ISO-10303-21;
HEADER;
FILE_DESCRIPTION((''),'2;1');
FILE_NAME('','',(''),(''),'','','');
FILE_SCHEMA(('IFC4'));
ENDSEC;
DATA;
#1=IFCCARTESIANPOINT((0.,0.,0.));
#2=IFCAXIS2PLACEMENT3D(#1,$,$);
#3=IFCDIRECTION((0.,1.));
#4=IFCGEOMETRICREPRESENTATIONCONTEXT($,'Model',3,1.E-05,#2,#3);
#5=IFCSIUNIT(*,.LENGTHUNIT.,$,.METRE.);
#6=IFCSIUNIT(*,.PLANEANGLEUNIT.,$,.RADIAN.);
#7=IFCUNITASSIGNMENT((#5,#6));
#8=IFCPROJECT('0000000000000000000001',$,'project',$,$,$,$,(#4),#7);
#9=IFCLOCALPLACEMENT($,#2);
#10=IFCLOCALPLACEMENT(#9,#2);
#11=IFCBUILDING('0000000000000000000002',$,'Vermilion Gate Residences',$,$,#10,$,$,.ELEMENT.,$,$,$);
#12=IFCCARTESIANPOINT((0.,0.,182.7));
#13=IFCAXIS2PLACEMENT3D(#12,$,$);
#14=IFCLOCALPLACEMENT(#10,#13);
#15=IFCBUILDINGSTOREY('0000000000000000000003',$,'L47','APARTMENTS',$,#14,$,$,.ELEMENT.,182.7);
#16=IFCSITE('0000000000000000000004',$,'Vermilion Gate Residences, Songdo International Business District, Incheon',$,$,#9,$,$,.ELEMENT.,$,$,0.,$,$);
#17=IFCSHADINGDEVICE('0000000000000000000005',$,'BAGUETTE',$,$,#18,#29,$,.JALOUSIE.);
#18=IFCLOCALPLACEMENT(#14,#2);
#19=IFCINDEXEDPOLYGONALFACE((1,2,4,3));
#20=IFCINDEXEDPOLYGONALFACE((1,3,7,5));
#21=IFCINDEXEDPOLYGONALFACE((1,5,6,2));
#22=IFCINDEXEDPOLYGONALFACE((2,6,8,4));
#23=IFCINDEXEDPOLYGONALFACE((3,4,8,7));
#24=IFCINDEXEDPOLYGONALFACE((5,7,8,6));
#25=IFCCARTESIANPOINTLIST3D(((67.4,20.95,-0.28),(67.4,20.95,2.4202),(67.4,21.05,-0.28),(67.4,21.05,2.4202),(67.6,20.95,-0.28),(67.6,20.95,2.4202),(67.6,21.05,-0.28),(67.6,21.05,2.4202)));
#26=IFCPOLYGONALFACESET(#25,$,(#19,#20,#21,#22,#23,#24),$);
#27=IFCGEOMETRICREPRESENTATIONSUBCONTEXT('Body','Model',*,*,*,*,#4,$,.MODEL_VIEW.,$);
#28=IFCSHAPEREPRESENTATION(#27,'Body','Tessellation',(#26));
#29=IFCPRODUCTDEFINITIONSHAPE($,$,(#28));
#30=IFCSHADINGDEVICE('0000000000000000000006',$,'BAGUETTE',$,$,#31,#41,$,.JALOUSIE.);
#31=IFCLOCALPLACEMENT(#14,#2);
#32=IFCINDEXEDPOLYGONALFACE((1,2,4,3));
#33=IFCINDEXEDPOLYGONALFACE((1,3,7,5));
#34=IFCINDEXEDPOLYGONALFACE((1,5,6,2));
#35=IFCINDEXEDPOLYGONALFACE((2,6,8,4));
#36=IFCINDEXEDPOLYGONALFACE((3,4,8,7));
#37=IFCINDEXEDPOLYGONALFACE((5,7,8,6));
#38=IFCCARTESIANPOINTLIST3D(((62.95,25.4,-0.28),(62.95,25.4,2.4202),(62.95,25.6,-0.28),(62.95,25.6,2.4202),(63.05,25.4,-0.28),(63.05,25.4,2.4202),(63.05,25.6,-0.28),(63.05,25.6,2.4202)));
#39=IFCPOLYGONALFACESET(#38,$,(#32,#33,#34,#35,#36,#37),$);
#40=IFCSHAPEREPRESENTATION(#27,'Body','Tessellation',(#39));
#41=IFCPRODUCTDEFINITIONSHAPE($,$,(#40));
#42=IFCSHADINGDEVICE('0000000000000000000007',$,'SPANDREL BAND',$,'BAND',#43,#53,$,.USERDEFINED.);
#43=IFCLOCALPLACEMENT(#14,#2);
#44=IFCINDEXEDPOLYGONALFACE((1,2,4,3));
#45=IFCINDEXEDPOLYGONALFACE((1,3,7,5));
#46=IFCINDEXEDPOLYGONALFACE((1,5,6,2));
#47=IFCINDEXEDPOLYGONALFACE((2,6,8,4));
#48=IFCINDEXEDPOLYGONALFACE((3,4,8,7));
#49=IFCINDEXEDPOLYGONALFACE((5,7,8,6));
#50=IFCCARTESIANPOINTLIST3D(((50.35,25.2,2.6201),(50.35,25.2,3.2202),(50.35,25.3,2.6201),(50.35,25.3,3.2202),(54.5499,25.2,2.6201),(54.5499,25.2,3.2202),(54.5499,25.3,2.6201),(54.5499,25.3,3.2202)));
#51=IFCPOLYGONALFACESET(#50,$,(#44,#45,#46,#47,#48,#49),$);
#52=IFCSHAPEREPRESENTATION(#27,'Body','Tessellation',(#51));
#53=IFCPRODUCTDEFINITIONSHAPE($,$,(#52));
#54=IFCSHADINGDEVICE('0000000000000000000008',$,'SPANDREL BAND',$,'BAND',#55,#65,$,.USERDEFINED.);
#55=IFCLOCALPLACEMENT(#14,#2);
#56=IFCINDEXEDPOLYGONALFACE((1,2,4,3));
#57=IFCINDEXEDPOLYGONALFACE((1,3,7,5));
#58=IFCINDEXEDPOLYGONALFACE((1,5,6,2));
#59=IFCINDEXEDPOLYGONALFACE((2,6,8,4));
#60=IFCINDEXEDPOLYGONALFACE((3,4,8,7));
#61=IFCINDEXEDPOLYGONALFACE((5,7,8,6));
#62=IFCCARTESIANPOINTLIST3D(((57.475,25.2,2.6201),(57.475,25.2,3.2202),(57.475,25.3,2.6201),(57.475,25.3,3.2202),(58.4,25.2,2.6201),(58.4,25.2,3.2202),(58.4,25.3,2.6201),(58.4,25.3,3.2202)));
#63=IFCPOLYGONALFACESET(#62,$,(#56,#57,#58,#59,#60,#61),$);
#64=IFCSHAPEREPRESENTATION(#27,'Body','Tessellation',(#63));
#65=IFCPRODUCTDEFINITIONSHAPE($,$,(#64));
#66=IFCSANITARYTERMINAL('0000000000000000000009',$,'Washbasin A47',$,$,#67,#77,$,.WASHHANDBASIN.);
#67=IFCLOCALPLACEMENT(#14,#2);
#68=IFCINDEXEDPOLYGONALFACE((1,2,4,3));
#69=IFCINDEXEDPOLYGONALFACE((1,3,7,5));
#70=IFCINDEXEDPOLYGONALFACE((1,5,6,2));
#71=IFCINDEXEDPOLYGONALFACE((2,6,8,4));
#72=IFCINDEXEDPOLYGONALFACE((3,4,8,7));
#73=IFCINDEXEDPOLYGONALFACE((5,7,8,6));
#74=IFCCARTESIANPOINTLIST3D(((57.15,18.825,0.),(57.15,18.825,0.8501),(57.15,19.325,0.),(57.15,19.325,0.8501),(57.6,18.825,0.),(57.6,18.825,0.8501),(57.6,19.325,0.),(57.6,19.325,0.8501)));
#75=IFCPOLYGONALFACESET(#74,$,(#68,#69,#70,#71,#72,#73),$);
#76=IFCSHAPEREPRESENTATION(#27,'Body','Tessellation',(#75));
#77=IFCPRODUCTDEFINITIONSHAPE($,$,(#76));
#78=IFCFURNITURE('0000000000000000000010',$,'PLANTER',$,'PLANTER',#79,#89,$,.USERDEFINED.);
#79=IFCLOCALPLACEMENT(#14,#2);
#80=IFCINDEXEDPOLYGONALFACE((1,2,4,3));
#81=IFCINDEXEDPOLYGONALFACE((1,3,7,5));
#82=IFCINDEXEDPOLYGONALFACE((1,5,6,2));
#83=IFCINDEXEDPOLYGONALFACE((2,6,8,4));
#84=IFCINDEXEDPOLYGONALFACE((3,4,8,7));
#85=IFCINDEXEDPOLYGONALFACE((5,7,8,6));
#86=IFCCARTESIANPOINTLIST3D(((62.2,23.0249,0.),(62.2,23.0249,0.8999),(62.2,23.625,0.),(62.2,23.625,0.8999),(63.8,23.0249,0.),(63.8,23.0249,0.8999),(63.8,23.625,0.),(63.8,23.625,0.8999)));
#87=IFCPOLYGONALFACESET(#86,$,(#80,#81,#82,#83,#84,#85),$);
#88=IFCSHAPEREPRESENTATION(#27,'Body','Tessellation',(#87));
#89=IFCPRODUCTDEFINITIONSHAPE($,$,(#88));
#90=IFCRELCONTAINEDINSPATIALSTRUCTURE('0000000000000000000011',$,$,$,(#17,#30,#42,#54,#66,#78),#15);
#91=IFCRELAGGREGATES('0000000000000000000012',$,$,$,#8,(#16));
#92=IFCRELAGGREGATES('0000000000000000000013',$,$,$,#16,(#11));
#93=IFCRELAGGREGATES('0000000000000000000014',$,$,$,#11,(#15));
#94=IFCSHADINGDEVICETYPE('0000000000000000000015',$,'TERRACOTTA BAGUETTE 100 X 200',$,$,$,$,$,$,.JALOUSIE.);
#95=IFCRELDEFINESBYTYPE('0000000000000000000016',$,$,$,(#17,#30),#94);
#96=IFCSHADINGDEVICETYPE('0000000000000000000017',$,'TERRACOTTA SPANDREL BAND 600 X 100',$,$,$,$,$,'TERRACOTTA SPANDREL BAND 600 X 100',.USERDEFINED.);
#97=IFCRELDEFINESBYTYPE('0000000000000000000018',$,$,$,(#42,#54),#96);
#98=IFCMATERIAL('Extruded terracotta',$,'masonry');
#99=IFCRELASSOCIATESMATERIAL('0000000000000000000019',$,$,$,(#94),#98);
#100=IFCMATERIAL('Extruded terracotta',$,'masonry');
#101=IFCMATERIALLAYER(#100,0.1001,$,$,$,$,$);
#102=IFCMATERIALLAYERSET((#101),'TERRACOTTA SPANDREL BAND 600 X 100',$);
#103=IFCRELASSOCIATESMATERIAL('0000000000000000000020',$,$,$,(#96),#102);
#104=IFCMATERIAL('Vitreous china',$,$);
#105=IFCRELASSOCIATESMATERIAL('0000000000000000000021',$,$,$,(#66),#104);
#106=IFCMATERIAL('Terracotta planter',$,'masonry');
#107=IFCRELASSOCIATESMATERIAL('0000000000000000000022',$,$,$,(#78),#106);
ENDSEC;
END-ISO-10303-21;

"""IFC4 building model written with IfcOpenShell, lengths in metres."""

from ifc_helpers import new_model, si_unit, direction, frame, origin, origin_2d, place, context, subcontext, project, spatial, rectangle, extrude, material, layer, layer_set, material_profile, profile_set, type_object, element, save


model = new_model("IFC4")

# Units and contexts
model_context = context("Model", 3, precision=1e-05, world=origin(), true_north=direction((0.0, 1.0)))
body_context = subcontext(model_context, "Body", "Model", "MODEL_VIEW")
ifc_project = project(units=[si_unit("LENGTHUNIT", "METRE"), si_unit("PLANEANGLEUNIT", "RADIAN")], contexts=[model_context])

# Site, building, storey
site_placement = place(None, origin())
site = spatial("IfcSite", under=ifc_project, at=site_placement, Name="Vermilion Gate Residences, Songdo International Business District, Incheon", CompositionType="ELEMENT", RefElevation=0.0)
building_placement = place(site_placement, origin())
building = spatial("IfcBuilding", under=site, at=building_placement, Name="Vermilion Gate Residences", CompositionType="ELEMENT")
storey_placement = place(building_placement, frame((0.0, 0.0, 182.7)))
storey = spatial("IfcBuildingStorey", under=building, at=storey_placement, Name="L47", Description="APARTMENTS", CompositionType="ELEMENT", Elevation=182.7)

# Shading devices
ifc_material_1 = material(Name="Extruded terracotta", Category="masonry")
ifc_material_profile_1 = material_profile(ifc_material_1, rectangle(XDim=0.2, YDim=0.1001, at=origin_2d()), Name="BAGUETTE 100 X 200")
ifc_profile_set_1 = profile_set([ifc_material_profile_1], Name="Extruded terracotta")
shading_device_type_1 = type_object("IfcShadingDeviceType", Name="TERRACOTTA BAGUETTE 100 X 200", PredefinedType="JALOUSIE", material=ifc_profile_set_1)
for number, where, z_axis, x_axis, name in (
    (1, (67.5, 21.0, -0.28), (0.0, 0.0, 1.0), (-1.0, 0.0, 0.0), "BAGUETTE"),
    (2, (63.0, 25.5, -0.28), (0.0, 0.0, 1.0), (0.0, -1.0, 0.0), "BAGUETTE"),
):
    element("IfcShadingDevice", number, at=place(storey_placement, frame(where, z_axis=z_axis, x_axis=x_axis)), inside=storey, type_object=shading_device_type_1, Name=name, PredefinedType="JALOUSIE", context=body_context, shape_type="SweptSolid", body=[
        extrude(rectangle(XDim=0.2, YDim=0.1001, at=origin_2d()), origin(), (0.0, 0.0, 1.0), 2.7002),
    ])
ifc_material_2 = material(Name="Extruded terracotta", Category="masonry")
ifc_layer_1 = layer(ifc_material_2, 0.1001)
ifc_layer_set_1 = layer_set([ifc_layer_1], Name="TERRACOTTA SPANDREL BAND 600 X 100")
shading_device_type_2 = type_object("IfcShadingDeviceType", Name="TERRACOTTA SPANDREL BAND 600 X 100", ElementType="TERRACOTTA SPANDREL BAND 600 X 100", PredefinedType="USERDEFINED", material=ifc_layer_set_1)
shading_device_1_placement = place(storey_placement, frame((52.45, 25.25, 2.6201), z_axis=(0.0, 0.0, 1.0), x_axis=(1.0, 0.0, 0.0)))
element("IfcShadingDevice", 3, at=shading_device_1_placement, inside=storey, type_object=shading_device_type_2, Name="SPANDREL BAND", ObjectType="BAND", PredefinedType="USERDEFINED", context=body_context, shape_type="SweptSolid", body=[
    extrude(rectangle(XDim=4.2, YDim=0.1001, at=origin_2d()), origin(), (0.0, 0.0, 1.0), 0.6001),
])
shading_device_2_placement = place(storey_placement, frame((57.9375, 25.25, 2.6201), z_axis=(0.0, 0.0, 1.0), x_axis=(1.0, 0.0, 0.0)))
element("IfcShadingDevice", 4, at=shading_device_2_placement, inside=storey, type_object=shading_device_type_2, Name="SPANDREL BAND", ObjectType="BAND", PredefinedType="USERDEFINED", context=body_context, shape_type="SweptSolid", body=[
    extrude(rectangle(XDim=0.925, YDim=0.1001, at=origin_2d()), origin(), (0.0, 0.0, 1.0), 0.6001),
])

# Sanitary terminal
ifc_material_3 = material(Name="Vitreous china")
sanitary_terminal_placement = place(storey_placement, frame((57.375, 19.075, 0.0), z_axis=(0.0, 0.0, 1.0), x_axis=(1.0, 0.0, 0.0)))
element("IfcSanitaryTerminal", 5, at=sanitary_terminal_placement, inside=storey, material=ifc_material_3, Name="Washbasin A47", PredefinedType="WASHHANDBASIN", context=body_context, shape_type="SweptSolid", body=[
    extrude(rectangle(XDim=0.45, YDim=0.5, at=origin_2d()), origin(), (0.0, 0.0, 1.0), 0.8501),
])

# Furniture
ifc_material_4 = material(Name="Terracotta planter", Category="masonry")
furniture_placement = place(storey_placement, frame((63.0, 23.325, 0.0), z_axis=(0.0, 0.0, 1.0), x_axis=(-1.0, 0.0, 0.0)))
element("IfcFurniture", 6, at=furniture_placement, inside=storey, material=ifc_material_4, Name="PLANTER", ObjectType="PLANTER", PredefinedType="USERDEFINED", context=body_context, shape_type="SweptSolid", body=[
    extrude(rectangle(XDim=1.6001, YDim=0.6001, at=origin_2d()), origin(), (0.0, 0.0, 1.0), 0.8999),
])

save(model, "model.ifc")
